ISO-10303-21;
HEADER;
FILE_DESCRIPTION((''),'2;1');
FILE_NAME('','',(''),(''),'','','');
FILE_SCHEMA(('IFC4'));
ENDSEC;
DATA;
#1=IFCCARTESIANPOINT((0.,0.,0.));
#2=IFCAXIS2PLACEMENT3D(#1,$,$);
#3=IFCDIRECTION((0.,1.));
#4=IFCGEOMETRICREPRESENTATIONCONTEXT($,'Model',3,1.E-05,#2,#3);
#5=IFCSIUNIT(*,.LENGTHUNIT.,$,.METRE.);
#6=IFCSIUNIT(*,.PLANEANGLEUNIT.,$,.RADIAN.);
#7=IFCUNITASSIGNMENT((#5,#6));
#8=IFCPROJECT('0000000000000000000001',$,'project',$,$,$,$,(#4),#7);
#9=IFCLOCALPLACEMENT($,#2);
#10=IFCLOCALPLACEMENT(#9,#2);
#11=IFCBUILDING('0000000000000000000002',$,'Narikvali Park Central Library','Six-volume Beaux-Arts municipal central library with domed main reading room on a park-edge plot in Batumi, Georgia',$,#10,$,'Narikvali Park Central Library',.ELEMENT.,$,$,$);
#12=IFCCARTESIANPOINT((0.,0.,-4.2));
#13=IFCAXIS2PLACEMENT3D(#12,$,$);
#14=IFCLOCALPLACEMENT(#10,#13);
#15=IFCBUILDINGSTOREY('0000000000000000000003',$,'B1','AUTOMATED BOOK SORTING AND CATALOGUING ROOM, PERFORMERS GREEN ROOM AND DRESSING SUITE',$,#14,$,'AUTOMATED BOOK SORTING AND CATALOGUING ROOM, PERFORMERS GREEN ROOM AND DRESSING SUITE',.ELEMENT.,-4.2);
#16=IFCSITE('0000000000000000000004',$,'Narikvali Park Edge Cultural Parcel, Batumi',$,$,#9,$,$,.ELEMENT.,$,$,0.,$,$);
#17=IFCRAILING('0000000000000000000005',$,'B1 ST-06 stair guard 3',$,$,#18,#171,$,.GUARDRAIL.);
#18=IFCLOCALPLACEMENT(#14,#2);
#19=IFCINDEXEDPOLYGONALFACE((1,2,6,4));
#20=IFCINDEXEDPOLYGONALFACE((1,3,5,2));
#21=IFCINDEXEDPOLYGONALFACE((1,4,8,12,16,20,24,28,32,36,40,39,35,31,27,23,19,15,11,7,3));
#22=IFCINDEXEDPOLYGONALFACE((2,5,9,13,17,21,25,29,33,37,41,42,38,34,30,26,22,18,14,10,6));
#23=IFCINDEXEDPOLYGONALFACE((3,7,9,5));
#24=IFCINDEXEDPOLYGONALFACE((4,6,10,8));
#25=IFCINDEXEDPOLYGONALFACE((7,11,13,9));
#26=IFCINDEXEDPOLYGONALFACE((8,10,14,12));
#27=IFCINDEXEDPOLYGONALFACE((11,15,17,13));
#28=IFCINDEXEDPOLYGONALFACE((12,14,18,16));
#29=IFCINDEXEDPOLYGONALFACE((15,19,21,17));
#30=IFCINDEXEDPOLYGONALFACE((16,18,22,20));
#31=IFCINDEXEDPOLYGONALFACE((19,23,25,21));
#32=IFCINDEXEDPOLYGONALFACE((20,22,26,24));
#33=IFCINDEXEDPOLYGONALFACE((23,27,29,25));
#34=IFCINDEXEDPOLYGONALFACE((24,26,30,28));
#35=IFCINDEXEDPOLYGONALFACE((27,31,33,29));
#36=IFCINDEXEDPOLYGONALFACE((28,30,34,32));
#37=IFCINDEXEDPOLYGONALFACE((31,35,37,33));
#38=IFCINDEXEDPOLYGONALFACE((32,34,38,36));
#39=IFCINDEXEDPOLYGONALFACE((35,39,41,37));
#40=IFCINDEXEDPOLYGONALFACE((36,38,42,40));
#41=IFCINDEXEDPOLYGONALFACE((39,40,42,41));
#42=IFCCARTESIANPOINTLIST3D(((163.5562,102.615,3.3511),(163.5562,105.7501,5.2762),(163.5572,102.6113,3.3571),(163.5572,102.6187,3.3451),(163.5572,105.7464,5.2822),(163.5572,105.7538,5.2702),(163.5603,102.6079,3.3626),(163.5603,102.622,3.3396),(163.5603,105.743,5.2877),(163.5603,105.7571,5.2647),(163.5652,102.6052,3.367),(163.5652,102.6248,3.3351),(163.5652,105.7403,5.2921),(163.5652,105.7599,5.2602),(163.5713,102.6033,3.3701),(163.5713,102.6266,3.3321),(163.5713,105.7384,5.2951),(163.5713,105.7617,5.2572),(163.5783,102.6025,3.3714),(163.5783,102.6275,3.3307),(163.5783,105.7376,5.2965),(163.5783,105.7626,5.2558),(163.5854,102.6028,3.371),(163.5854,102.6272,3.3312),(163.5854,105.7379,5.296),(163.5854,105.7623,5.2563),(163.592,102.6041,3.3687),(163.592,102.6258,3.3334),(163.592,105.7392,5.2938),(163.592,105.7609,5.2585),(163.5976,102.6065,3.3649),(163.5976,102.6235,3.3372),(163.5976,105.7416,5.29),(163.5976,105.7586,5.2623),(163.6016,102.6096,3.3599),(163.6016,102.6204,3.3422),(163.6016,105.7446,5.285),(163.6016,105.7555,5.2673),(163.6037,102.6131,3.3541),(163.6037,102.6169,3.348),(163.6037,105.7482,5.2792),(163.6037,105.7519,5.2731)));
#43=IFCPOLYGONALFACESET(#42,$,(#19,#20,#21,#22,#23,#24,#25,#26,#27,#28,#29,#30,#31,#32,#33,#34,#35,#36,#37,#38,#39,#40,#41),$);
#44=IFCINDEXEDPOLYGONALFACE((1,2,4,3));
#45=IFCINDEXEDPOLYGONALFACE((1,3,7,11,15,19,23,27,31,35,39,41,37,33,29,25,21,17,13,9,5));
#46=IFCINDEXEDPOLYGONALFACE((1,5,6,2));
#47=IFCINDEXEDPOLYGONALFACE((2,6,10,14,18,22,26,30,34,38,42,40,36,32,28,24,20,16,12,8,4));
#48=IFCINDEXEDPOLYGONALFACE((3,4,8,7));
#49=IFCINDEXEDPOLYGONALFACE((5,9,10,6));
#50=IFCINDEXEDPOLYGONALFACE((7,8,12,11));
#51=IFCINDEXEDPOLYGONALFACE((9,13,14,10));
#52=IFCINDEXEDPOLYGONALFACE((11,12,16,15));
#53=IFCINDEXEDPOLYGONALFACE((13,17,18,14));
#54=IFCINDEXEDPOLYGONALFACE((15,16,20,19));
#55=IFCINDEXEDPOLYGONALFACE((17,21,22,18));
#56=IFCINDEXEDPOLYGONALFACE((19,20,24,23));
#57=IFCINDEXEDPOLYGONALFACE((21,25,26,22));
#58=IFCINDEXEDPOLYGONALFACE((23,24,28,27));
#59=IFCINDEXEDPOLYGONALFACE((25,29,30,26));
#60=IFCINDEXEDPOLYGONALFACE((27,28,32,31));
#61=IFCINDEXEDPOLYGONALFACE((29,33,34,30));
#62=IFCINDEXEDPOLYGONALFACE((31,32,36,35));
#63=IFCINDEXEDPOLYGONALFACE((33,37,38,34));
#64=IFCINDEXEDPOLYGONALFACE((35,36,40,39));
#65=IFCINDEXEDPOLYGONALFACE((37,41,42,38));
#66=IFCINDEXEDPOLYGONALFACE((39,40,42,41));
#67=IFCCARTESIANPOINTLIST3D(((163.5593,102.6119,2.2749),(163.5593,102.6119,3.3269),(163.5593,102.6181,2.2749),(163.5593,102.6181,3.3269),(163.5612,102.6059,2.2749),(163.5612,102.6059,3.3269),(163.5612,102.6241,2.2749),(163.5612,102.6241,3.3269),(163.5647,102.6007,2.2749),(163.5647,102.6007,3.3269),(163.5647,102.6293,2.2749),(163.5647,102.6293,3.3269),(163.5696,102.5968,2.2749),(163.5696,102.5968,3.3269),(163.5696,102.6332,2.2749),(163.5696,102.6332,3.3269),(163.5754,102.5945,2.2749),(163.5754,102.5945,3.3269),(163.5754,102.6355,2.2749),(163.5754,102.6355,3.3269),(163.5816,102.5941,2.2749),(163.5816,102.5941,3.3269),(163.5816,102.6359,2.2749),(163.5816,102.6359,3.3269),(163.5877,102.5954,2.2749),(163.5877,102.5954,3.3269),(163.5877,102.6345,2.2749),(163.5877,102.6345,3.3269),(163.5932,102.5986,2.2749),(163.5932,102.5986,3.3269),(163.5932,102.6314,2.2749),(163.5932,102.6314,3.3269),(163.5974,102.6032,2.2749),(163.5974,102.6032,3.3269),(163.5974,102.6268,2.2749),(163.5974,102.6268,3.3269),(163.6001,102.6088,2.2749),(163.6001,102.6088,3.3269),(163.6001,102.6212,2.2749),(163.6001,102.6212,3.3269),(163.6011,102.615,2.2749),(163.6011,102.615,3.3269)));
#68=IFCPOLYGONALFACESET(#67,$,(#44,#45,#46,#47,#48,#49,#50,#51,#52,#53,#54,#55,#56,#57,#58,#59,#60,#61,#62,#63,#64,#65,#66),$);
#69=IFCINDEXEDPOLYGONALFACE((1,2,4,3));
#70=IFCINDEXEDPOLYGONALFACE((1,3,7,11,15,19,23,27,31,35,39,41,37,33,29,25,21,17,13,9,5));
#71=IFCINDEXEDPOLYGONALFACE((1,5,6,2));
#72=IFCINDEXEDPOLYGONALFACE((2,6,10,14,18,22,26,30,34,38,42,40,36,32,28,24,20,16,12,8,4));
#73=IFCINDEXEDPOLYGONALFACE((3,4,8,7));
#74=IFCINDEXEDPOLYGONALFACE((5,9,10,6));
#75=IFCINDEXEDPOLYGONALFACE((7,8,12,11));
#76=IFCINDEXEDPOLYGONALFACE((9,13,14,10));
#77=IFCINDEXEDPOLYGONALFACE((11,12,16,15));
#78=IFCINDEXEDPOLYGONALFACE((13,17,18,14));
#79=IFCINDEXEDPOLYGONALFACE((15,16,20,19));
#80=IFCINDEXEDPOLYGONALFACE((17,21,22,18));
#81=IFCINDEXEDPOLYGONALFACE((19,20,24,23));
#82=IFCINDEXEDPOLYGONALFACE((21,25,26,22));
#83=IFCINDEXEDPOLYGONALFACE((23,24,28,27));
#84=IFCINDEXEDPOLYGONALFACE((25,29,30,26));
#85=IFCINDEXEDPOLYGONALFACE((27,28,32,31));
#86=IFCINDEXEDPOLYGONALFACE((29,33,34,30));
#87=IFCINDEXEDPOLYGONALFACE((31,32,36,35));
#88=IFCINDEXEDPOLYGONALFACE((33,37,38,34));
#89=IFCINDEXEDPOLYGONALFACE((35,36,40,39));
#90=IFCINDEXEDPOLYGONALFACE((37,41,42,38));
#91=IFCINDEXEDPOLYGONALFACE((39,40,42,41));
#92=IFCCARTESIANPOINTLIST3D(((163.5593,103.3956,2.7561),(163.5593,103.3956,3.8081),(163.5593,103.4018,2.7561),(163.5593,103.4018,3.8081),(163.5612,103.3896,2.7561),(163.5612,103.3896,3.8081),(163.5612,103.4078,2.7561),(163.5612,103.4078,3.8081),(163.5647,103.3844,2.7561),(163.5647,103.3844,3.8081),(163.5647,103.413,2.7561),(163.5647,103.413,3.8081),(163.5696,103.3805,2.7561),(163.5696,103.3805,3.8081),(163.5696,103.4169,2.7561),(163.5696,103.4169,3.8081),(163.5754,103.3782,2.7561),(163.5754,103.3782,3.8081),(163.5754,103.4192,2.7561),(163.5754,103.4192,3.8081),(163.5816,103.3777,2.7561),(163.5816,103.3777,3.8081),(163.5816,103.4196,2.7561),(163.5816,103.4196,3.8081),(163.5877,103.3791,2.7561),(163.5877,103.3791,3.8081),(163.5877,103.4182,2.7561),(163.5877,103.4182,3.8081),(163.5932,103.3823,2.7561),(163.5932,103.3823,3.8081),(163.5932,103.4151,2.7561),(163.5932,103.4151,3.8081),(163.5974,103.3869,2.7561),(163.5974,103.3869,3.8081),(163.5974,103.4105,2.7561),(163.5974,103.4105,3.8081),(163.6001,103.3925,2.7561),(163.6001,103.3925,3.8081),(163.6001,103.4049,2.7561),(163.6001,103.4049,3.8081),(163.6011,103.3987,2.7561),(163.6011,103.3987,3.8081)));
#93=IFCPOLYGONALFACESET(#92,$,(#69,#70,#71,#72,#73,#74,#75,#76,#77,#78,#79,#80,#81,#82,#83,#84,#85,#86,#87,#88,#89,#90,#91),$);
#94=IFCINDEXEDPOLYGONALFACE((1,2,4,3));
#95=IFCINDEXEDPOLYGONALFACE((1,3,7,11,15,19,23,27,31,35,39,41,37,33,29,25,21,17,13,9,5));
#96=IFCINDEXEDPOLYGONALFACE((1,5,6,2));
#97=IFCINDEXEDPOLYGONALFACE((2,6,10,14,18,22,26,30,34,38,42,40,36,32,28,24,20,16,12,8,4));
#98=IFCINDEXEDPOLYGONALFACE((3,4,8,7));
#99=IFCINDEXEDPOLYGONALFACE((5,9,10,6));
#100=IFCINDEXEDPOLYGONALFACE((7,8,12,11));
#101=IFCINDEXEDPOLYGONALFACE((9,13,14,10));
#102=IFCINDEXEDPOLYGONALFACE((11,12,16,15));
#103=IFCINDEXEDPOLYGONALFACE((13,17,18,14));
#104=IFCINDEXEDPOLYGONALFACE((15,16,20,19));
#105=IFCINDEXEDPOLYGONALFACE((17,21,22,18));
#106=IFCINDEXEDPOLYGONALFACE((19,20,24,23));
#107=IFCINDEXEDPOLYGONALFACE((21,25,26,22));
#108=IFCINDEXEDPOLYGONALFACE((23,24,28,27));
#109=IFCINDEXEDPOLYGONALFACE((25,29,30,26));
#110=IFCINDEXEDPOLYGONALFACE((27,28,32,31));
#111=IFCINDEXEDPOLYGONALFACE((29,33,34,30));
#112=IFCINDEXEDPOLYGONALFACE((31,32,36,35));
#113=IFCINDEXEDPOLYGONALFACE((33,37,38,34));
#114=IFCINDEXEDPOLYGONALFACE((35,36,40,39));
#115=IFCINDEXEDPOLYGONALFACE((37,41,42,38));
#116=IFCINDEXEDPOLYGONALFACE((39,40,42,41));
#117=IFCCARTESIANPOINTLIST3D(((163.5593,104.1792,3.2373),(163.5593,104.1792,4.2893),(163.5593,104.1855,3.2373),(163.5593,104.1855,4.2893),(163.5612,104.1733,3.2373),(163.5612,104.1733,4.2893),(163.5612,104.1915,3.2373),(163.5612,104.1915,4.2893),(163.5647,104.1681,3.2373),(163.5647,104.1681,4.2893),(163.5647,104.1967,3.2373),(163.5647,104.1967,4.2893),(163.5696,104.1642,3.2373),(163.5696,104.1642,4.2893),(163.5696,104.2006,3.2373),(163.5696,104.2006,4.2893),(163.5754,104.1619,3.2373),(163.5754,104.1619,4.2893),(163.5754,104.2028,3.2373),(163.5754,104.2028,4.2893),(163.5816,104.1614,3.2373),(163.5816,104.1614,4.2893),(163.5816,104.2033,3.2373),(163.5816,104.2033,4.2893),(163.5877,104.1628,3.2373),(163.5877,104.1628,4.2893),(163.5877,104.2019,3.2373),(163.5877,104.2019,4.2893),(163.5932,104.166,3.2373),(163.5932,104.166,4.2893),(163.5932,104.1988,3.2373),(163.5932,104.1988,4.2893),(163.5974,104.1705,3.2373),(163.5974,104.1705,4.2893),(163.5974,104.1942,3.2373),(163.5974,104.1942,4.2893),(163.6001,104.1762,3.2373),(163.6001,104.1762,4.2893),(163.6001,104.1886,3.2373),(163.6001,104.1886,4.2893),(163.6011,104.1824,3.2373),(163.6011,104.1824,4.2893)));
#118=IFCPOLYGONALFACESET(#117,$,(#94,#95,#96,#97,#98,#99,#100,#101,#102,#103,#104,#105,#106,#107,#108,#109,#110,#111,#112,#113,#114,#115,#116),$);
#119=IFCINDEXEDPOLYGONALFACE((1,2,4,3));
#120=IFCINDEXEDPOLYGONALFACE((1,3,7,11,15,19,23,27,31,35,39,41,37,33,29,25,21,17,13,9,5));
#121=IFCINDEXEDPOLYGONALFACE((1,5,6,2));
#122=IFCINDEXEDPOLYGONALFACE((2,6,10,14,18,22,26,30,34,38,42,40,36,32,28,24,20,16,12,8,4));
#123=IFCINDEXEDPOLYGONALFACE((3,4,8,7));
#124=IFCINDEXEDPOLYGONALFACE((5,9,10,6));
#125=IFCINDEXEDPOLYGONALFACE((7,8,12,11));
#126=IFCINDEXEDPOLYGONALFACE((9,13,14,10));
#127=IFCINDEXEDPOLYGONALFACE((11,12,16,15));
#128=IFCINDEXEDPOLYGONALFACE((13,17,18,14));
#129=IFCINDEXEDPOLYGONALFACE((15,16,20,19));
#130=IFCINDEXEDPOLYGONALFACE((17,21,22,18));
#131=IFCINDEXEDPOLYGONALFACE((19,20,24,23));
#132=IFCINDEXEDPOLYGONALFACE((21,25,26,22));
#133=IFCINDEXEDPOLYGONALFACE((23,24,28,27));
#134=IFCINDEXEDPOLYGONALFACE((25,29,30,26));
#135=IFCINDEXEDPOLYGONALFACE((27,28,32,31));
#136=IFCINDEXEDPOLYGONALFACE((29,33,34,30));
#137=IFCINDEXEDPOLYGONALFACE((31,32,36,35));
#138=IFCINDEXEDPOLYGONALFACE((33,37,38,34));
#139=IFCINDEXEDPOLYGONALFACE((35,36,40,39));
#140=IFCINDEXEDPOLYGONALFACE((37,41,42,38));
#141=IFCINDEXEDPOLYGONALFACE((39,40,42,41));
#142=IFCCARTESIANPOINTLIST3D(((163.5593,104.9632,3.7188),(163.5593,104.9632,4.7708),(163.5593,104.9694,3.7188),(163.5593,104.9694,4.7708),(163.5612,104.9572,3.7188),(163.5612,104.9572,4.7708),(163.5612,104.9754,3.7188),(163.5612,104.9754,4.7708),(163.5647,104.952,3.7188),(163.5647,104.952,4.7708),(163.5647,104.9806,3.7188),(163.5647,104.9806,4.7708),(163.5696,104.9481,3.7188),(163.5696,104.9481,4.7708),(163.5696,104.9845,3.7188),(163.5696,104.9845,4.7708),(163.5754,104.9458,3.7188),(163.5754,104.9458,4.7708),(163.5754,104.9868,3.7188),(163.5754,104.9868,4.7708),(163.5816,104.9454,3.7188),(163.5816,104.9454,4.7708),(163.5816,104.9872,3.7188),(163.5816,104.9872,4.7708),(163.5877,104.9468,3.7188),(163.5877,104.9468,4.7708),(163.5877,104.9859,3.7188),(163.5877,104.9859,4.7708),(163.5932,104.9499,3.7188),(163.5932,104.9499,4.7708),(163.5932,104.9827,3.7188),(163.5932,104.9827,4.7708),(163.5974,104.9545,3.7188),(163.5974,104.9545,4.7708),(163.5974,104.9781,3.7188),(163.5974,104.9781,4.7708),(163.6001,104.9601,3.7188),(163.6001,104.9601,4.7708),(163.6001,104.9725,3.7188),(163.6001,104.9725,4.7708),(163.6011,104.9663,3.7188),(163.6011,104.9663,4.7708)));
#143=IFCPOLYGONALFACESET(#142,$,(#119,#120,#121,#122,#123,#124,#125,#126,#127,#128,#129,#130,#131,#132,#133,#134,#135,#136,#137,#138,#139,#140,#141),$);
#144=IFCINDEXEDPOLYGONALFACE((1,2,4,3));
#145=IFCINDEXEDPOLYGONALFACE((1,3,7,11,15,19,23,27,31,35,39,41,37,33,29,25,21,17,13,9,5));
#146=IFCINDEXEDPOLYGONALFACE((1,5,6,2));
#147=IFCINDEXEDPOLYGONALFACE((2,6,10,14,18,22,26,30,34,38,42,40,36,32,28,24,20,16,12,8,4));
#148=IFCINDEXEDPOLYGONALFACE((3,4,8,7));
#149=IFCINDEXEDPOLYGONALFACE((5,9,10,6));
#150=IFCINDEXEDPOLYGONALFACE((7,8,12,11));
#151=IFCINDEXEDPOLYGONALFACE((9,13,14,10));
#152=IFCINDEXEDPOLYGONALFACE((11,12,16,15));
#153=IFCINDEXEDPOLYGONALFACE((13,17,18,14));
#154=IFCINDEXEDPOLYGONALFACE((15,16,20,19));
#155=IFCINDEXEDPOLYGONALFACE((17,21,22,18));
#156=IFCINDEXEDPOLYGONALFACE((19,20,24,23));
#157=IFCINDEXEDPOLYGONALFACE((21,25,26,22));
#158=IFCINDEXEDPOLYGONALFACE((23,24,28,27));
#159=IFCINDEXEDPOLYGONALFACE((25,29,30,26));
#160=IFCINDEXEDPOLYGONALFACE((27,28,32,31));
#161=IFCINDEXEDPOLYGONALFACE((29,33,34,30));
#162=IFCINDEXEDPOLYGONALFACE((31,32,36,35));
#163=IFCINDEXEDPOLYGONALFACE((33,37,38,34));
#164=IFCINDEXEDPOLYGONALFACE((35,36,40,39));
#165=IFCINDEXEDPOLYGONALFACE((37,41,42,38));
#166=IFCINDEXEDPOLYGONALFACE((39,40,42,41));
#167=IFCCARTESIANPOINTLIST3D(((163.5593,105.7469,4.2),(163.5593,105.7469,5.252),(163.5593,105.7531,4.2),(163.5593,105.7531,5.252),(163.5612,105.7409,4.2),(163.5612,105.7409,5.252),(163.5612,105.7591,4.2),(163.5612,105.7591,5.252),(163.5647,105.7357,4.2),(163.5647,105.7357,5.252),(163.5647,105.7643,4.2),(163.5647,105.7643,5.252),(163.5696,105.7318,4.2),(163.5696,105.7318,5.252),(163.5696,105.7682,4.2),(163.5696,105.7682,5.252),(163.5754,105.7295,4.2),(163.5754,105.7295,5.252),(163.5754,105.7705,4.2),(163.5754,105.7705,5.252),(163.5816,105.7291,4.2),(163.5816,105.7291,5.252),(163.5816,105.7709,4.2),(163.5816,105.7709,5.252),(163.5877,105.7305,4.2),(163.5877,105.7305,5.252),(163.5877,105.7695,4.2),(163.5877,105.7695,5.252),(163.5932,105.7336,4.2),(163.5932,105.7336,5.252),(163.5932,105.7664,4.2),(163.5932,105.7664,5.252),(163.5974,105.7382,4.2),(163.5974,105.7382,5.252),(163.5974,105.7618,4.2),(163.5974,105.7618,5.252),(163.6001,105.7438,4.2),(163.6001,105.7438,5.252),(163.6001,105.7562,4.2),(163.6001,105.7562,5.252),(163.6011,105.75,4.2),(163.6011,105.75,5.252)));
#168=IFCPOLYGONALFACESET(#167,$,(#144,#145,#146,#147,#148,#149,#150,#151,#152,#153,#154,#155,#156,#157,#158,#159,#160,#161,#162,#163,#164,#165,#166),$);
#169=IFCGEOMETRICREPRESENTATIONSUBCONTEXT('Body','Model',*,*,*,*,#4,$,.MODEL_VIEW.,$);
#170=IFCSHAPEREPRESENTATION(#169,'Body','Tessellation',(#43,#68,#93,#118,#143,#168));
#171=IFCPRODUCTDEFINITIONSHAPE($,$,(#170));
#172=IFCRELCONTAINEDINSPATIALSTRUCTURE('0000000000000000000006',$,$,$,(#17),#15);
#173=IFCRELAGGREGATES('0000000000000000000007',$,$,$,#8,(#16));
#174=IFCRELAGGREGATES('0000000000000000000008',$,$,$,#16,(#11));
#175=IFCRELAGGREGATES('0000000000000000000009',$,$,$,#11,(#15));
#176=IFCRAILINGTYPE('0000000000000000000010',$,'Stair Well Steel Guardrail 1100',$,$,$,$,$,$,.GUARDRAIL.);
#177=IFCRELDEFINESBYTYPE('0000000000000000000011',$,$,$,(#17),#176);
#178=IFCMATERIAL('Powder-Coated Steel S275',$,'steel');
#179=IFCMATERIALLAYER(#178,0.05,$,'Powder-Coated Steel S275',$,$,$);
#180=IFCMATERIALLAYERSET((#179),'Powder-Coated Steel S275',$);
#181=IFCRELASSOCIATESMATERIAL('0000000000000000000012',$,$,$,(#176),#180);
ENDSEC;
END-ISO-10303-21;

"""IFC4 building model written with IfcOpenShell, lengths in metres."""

from ifc_helpers import new_model, si_unit, direction, frame, origin, origin_2d, place, context, subcontext, project, spatial, circle, extrude, material, layer, layer_set, type_object, element, save


model = new_model("IFC4")

# Units and contexts
model_context = context("Model", 3, precision=1e-05, world=origin(), true_north=direction((0.0, 1.0)))
body_context = subcontext(model_context, "Body", "Model", "MODEL_VIEW")
ifc_project = project(units=[si_unit("LENGTHUNIT", "METRE"), si_unit("PLANEANGLEUNIT", "RADIAN")], contexts=[model_context])

# Site, building, storey
site_placement = place(None, origin())
site = spatial("IfcSite", under=ifc_project, at=site_placement, Name="Narikvali Park Edge Cultural Parcel, Batumi", CompositionType="ELEMENT", RefElevation=0.0)
building_placement = place(site_placement, origin())
building = spatial("IfcBuilding", under=site, at=building_placement, Name="Narikvali Park Central Library", Description="Six-volume Beaux-Arts municipal central library with domed main reading room on a park-edge plot in Batumi, Georgia", LongName="Narikvali Park Central Library", CompositionType="ELEMENT")
storey_placement = place(building_placement, frame((0.0, 0.0, -4.2)))
storey = spatial("IfcBuildingStorey", under=building, at=storey_placement, Name="B1", Description="AUTOMATED BOOK SORTING AND CATALOGUING ROOM, PERFORMERS GREEN ROOM AND DRESSING SUITE", LongName="AUTOMATED BOOK SORTING AND CATALOGUING ROOM, PERFORMERS GREEN ROOM AND DRESSING SUITE", CompositionType="ELEMENT", Elevation=-4.2)

# Railing
ifc_material_1 = material(Name="Powder-Coated Steel S275", Category="steel")
ifc_layer_1 = layer(ifc_material_1, 0.05, Name="Powder-Coated Steel S275")
ifc_layer_set_1 = layer_set([ifc_layer_1], Name="Powder-Coated Steel S275")
railing_type_1 = type_object("IfcRailingType", Name="Stair Well Steel Guardrail 1100", PredefinedType="GUARDRAIL", material=ifc_layer_set_1)
railing_1_placement = place(storey_placement, frame((163.5801, 102.615, 2.2749)))
element("IfcRailing", 1, at=railing_1_placement, inside=storey, type_object=railing_type_1, Name="B1 ST-06 stair guard 3", PredefinedType="GUARDRAIL", context=body_context, shape_type="SweptSolid", body=[
    extrude(circle(Radius=0.0239, at=origin_2d()), frame((0.0, 0.0, 1.0762), z_axis=(0.0, 0.852166, 0.523271), x_axis=(-1.0, 0.0, 0.0)), (0.0, 0.0, 1.0), 3.679),
    extrude(circle(Radius=0.021, at=origin_2d()), origin(), (0.0, 0.0, 1.0), 1.052),
    extrude(circle(Radius=0.021, at=origin_2d()), frame((0.0, 0.7837, 0.4812)), (0.0, 0.0, 1.0), 1.052),
    extrude(circle(Radius=0.021, at=origin_2d()), frame((0.0, 1.5674, 0.9624)), (0.0, 0.0, 1.0), 1.052),
    extrude(circle(Radius=0.021, at=origin_2d()), frame((0.0, 2.3513, 1.4438)), (0.0, 0.0, 1.0), 1.052),
    extrude(circle(Radius=0.021, at=origin_2d()), frame((0.0, 3.135, 1.925)), (0.0, 0.0, 1.0), 1.052),
])

save(model, "model.ifc")
